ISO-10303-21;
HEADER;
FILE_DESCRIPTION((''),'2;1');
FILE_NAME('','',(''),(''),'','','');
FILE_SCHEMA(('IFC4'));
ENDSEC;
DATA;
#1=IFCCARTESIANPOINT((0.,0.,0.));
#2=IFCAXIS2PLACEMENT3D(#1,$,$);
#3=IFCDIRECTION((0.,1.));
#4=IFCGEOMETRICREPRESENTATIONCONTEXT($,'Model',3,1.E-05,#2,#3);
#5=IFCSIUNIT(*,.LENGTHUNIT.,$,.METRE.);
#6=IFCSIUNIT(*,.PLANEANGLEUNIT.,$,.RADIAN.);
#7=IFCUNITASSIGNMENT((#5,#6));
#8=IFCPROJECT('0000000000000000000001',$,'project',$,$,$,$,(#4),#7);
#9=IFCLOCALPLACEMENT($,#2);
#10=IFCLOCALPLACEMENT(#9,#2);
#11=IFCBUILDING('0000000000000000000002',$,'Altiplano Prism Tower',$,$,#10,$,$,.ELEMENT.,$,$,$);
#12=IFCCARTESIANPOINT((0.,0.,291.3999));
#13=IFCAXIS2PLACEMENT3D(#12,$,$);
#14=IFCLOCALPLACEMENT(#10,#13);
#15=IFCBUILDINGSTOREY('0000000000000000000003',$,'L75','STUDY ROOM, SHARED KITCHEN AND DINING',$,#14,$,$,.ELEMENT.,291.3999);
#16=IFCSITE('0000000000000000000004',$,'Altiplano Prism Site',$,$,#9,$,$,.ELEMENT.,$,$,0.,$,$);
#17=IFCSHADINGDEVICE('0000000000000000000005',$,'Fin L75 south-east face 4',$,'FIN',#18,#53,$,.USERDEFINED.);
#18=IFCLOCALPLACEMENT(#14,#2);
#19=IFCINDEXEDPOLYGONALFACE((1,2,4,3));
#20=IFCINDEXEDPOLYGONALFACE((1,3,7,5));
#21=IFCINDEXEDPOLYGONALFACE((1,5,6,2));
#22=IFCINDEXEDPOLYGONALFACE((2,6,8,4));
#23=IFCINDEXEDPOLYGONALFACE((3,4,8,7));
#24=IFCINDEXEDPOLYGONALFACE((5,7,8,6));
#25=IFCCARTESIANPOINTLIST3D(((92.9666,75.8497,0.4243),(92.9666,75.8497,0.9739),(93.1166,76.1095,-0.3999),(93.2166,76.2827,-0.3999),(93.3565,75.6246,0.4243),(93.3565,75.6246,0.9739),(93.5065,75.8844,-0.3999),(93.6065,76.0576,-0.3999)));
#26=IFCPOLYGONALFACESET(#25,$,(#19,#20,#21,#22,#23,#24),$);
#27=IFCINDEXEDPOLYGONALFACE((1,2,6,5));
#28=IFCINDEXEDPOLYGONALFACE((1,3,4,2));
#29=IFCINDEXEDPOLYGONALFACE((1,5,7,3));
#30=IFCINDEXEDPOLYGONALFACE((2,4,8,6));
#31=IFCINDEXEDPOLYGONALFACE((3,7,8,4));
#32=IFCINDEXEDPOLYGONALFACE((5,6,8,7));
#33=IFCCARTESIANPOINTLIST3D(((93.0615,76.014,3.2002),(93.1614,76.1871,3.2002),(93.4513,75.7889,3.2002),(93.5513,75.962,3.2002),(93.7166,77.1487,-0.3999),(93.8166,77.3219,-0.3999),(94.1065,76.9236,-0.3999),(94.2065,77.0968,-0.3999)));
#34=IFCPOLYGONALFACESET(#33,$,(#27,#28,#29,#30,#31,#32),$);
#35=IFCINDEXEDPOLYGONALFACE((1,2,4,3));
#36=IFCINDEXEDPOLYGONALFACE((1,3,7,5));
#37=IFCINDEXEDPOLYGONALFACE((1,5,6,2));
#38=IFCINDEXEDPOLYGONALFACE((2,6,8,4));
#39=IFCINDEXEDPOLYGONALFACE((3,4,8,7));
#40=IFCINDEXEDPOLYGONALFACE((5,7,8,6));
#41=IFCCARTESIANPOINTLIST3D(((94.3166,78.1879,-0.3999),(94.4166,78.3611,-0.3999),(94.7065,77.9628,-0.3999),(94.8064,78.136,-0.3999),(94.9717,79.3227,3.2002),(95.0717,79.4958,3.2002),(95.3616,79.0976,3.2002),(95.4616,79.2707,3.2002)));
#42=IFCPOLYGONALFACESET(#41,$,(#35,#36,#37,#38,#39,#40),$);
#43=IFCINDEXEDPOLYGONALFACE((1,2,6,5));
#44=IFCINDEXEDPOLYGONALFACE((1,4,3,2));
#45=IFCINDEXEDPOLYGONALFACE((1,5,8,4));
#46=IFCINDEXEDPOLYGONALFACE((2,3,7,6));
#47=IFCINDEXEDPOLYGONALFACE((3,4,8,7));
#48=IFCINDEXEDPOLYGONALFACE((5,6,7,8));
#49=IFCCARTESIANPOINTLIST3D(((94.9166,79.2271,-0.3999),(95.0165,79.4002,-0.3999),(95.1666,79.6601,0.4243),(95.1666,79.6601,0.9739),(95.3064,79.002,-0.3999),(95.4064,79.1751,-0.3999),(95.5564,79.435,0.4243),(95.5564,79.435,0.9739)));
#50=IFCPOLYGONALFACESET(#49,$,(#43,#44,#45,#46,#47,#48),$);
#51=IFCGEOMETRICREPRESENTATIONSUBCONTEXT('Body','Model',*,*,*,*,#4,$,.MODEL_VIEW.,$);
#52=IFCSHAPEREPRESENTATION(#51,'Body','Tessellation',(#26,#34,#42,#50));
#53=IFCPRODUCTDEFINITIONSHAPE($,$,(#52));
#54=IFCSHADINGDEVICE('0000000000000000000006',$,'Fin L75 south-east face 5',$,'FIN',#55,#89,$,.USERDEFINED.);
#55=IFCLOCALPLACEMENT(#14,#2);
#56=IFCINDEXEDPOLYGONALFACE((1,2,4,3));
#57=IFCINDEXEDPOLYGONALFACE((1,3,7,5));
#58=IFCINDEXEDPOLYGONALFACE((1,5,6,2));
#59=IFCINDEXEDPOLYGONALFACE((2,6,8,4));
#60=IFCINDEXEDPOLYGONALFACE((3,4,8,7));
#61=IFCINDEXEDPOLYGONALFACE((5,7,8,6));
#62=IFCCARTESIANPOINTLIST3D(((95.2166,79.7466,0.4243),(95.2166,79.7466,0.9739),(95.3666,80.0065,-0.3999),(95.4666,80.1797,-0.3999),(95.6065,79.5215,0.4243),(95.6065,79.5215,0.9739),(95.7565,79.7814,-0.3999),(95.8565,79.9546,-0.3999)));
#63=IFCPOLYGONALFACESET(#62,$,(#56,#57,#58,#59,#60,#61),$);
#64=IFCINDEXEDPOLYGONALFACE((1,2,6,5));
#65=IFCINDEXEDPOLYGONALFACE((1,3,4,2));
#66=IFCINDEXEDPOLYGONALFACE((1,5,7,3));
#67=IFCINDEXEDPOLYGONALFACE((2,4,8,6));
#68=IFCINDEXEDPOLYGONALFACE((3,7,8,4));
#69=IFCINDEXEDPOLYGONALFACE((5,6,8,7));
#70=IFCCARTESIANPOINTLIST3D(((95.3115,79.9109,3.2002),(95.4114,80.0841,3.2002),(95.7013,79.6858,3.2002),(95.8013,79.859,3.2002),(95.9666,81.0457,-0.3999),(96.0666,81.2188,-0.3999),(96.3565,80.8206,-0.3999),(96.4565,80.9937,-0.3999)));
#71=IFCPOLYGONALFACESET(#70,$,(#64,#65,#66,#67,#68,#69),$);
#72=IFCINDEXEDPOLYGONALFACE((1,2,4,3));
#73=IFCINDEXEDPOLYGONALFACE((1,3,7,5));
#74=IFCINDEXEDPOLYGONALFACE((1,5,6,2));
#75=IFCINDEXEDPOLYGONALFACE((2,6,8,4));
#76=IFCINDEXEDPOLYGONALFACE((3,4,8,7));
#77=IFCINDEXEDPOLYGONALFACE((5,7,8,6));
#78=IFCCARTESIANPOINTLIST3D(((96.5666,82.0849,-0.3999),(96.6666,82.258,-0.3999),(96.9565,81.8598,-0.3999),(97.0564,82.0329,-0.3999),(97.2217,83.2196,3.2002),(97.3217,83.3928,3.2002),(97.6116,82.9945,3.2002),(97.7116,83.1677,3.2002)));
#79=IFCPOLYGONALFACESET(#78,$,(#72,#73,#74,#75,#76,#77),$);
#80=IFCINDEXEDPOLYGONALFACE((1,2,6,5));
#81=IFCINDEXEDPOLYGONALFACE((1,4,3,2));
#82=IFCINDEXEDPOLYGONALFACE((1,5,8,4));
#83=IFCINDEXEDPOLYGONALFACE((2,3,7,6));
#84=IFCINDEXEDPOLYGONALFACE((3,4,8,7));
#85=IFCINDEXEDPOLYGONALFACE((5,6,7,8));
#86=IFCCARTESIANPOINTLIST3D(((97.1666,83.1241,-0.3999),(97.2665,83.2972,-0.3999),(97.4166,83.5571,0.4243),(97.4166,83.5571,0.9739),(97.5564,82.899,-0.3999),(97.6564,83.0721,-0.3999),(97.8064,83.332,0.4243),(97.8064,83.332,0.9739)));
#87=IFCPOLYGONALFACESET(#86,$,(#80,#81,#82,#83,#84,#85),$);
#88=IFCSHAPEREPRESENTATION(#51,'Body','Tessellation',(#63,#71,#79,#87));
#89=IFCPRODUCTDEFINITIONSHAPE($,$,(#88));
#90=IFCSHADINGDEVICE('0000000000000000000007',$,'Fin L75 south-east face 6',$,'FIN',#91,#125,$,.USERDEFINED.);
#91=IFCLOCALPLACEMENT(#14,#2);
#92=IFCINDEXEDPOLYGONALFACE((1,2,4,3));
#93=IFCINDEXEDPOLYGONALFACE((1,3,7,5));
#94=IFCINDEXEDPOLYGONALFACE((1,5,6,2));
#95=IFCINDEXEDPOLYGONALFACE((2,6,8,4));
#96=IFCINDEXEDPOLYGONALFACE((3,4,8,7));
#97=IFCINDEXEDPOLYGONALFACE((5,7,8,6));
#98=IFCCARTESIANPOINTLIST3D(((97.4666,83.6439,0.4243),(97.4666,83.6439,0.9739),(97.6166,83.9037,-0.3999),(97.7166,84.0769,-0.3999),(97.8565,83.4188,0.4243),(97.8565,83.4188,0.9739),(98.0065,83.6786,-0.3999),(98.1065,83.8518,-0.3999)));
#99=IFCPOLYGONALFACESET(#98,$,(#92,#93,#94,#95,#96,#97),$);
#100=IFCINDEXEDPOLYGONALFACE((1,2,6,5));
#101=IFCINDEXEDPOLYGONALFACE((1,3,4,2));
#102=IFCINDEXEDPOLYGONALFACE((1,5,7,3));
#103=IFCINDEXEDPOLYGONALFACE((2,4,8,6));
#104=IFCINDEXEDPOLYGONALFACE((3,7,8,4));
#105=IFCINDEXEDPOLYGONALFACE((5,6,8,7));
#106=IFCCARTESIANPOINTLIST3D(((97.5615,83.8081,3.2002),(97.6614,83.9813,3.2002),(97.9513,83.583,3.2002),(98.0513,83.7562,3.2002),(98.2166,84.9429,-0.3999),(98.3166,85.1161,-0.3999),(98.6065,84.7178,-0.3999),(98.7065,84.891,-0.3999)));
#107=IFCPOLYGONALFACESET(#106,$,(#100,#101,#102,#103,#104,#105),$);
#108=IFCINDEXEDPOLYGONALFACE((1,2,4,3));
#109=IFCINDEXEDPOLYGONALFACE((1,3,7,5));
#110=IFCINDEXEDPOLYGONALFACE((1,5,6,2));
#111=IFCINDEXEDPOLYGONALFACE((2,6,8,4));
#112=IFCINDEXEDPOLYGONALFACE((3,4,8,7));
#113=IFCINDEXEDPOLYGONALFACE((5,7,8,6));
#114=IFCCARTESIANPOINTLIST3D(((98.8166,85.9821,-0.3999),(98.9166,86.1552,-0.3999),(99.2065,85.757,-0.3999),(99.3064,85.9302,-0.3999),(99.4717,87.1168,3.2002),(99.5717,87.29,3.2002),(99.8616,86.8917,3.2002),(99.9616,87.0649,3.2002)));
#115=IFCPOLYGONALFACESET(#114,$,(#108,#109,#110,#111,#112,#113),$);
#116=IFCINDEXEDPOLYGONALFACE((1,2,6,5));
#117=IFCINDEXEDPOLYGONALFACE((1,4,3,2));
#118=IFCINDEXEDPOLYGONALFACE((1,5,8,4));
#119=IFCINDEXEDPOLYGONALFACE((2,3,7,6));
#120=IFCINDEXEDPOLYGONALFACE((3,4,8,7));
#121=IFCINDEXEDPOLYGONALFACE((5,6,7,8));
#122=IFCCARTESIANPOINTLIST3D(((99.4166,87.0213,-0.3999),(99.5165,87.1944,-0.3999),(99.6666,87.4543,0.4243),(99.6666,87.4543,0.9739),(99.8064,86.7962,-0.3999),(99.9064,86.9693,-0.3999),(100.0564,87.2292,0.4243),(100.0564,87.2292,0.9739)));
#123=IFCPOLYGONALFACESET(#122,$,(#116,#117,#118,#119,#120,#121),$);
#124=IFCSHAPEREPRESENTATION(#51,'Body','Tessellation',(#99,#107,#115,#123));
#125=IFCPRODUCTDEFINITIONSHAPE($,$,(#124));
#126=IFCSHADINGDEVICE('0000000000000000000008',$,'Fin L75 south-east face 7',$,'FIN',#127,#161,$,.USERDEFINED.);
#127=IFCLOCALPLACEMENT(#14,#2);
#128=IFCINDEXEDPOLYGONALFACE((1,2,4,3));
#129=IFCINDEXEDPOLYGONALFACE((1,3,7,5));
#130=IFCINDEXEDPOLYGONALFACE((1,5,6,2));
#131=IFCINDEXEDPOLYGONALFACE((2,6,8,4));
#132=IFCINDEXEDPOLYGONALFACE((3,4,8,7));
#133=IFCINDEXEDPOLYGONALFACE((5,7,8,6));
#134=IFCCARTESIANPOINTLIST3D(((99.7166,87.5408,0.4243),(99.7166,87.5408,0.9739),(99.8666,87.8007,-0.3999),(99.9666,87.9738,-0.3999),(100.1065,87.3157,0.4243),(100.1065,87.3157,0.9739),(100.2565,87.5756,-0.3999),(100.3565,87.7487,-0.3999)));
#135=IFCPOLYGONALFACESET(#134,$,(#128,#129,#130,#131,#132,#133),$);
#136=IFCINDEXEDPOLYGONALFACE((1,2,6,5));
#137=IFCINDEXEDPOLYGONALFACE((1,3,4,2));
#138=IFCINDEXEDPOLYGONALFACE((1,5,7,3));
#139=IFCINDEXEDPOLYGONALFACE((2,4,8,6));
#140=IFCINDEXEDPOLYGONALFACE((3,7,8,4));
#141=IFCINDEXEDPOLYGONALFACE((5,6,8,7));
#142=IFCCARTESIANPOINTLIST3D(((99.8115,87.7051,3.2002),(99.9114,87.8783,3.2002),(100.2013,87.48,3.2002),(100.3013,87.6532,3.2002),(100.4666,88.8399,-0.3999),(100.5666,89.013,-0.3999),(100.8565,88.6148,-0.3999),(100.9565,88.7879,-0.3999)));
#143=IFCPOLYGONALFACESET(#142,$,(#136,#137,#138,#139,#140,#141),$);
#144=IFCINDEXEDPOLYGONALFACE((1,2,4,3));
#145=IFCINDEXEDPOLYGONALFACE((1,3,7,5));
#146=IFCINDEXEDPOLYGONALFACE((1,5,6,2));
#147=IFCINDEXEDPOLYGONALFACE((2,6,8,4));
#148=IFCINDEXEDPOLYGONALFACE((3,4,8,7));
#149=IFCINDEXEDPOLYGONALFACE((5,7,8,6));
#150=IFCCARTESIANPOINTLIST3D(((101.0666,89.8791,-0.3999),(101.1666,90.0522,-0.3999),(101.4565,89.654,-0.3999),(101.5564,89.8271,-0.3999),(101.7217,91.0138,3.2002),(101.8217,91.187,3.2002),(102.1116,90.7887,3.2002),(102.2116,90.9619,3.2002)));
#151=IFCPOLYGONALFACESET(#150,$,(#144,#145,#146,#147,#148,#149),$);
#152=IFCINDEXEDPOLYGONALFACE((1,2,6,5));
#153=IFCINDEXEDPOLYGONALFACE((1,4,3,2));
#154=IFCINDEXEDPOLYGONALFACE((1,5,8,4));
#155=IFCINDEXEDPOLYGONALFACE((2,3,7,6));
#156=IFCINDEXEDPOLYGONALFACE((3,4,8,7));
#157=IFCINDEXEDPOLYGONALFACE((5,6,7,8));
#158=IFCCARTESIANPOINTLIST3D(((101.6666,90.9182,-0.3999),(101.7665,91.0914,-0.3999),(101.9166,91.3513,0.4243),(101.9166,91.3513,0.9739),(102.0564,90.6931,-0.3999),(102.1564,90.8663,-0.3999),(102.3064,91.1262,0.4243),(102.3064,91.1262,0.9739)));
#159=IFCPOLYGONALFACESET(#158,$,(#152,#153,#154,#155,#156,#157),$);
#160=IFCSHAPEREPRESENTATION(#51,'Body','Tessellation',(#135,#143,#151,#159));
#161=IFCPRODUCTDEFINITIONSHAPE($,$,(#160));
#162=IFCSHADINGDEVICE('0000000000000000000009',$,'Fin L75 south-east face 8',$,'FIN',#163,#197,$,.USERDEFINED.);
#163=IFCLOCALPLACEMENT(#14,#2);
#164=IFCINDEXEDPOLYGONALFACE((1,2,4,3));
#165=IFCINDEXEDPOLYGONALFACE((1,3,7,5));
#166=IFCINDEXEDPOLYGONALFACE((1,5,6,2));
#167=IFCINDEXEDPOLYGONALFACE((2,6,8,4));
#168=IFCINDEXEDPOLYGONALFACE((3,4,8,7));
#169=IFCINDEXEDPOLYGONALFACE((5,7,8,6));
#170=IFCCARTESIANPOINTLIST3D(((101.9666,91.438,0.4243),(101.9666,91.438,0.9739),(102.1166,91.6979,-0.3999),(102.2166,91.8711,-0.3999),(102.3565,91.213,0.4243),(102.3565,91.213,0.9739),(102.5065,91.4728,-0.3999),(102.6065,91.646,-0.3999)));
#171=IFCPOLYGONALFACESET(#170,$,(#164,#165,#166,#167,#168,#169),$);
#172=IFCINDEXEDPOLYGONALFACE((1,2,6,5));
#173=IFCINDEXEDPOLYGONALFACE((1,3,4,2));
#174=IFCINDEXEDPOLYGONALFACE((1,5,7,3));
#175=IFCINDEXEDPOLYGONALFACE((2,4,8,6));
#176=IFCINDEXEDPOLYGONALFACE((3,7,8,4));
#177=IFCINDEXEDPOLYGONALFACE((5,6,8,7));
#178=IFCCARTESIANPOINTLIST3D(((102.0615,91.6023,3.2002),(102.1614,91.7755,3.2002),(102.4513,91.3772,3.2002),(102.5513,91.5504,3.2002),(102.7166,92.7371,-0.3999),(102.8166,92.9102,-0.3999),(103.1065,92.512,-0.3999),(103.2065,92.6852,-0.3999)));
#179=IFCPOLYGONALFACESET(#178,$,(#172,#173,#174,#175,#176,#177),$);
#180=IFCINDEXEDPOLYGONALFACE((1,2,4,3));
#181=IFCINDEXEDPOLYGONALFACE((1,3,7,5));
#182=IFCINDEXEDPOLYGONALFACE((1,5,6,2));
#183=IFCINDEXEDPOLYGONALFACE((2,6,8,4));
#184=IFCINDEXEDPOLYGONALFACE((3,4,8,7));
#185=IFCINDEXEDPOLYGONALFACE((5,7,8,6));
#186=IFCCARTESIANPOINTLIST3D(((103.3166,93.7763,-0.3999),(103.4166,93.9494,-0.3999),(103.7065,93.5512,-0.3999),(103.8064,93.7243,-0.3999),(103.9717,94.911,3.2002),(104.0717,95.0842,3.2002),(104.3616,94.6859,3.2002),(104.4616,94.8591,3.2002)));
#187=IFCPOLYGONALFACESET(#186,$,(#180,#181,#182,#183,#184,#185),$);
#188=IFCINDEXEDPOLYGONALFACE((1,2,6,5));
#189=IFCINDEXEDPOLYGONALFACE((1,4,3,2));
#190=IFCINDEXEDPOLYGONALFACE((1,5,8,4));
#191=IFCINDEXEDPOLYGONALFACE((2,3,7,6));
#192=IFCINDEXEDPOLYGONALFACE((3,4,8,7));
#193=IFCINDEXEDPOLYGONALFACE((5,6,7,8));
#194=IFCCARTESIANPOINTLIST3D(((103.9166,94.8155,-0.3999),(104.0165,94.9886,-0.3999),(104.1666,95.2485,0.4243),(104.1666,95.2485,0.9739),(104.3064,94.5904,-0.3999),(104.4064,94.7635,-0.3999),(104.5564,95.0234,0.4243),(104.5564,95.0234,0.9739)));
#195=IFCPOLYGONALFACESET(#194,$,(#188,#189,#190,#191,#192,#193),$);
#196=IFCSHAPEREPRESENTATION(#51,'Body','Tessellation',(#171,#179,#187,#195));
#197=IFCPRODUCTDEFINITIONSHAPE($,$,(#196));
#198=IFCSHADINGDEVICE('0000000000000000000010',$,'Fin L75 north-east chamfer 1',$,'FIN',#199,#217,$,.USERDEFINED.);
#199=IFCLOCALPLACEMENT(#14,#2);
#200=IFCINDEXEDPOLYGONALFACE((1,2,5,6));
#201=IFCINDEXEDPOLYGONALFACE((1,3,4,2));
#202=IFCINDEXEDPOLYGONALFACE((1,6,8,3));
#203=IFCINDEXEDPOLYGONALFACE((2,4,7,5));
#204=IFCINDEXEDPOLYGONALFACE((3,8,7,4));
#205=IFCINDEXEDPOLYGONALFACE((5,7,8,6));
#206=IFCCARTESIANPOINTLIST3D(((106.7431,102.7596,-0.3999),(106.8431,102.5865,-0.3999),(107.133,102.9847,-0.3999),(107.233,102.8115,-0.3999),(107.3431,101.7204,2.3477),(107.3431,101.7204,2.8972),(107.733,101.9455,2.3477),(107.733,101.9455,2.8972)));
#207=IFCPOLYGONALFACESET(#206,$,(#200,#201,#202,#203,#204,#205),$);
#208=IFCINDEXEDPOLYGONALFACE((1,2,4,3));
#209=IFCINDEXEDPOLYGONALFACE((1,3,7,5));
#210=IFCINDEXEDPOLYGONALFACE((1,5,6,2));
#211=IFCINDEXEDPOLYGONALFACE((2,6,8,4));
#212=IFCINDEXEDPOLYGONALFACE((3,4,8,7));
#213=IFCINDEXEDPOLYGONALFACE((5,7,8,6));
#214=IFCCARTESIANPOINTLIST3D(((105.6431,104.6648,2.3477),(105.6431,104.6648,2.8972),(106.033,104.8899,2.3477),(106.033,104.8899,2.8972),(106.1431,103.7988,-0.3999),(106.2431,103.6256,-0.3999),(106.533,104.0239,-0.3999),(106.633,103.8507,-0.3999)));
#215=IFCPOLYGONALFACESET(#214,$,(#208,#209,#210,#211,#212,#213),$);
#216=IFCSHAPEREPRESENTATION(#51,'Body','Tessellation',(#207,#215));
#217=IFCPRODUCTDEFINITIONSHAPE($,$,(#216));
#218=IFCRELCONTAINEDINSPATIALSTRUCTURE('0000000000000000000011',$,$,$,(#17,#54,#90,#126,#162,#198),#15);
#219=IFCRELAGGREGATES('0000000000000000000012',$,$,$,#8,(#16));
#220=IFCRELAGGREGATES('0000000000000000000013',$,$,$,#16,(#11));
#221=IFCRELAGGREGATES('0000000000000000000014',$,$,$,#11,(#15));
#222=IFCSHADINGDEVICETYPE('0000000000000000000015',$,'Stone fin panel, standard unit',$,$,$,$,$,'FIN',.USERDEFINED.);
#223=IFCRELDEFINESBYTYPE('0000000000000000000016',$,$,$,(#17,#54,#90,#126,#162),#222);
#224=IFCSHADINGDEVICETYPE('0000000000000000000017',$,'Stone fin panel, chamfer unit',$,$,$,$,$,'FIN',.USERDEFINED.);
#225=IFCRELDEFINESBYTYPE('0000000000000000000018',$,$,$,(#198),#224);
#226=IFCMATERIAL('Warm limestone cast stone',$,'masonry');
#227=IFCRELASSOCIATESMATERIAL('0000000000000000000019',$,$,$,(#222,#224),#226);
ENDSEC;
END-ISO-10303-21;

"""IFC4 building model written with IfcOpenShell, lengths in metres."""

from ifc_helpers import new_model, si_unit, direction, frame, origin, place, context, subcontext, project, spatial, polyline, outline, extrude, source, transform, mapped, material, type_object, element, save


model = new_model("IFC4")

# Units and contexts
model_context = context("Model", 3, precision=1e-05, world=origin(), true_north=direction((0.0, 1.0)))
body_context = subcontext(model_context, "Body", "Model", "MODEL_VIEW")
ifc_project = project(units=[si_unit("LENGTHUNIT", "METRE"), si_unit("PLANEANGLEUNIT", "RADIAN")], contexts=[model_context])

# Site, building, storey
site_placement = place(None, origin())
site = spatial("IfcSite", under=ifc_project, at=site_placement, Name="Altiplano Prism Site", CompositionType="ELEMENT", RefElevation=0.0)
building_placement = place(site_placement, origin())
building = spatial("IfcBuilding", under=site, at=building_placement, Name="Altiplano Prism Tower", CompositionType="ELEMENT")
storey_placement = place(building_placement, frame((0.0, 0.0, 291.3999)))
storey = spatial("IfcBuildingStorey", under=building, at=storey_placement, Name="L75", Description="STUDY ROOM, SHARED KITCHEN AND DINING", CompositionType="ELEMENT", Elevation=291.3999)

# Shading devices
ifc_material_1 = material(Name="Warm limestone cast stone", Category="masonry")
shading_device_type_1 = type_object("IfcShadingDeviceType", Name="Stone fin panel, standard unit", ElementType="FIN", PredefinedType="USERDEFINED", material=ifc_material_1)
shared_shape_1 = source(origin(), body_context, "Body", "SweptSolid", [
    extrude(outline(polyline([(-2.2, 1.3738), (-2.2, 0.8242), (-1.8999, 0.0), (-1.7, 0.0), (-2.2, 1.3738)])), frame((0.0, -0.1499, 0.0), z_axis=(0.0, -1.0, 0.0), x_axis=(1.0, 0.0, 0.0)), (0.0, 0.0, 1.0), 0.4502),
    extrude(outline(polyline([(-2.0103, 3.6001), (-0.7, 0.0), (-0.5, 0.0), (-1.8103, 3.6001), (-2.0103, 3.6001)])), frame((0.0, -0.1499, 0.0), z_axis=(0.0, -1.0, 0.0), x_axis=(1.0, 0.0, 0.0)), (0.0, 0.0, 1.0), 0.4502),
    extrude(outline(polyline([(1.8103, 3.6001), (0.5, 0.0), (0.7, 0.0), (2.0103, 3.6001), (1.8103, 3.6001)])), frame((0.0, -0.1499, 0.0), z_axis=(0.0, -1.0, 0.0), x_axis=(1.0, 0.0, 0.0)), (0.0, 0.0, 1.0), 0.4502),
    extrude(outline(polyline([(2.2, 0.8242), (2.2, 1.3738), (1.7, 0.0), (1.8999, 0.0), (2.2, 0.8242)])), frame((0.0, -0.1499, 0.0), z_axis=(0.0, -1.0, 0.0), x_axis=(1.0, 0.0, 0.0)), (0.0, 0.0, 1.0), 0.4502),
])
shading_device_1_placement = place(storey_placement, origin())
element("IfcShadingDevice", 1, at=shading_device_1_placement, inside=storey, type_object=shading_device_type_1, Name="Fin L75 south-east face 4", ObjectType="FIN", PredefinedType="USERDEFINED", context=body_context, shape_type="MappedRepresentation", body=[
    mapped(shared_shape_1, transform((93.9368, 77.8298, -0.3999), x_axis=(0.5, 0.866025, 0.0), y_axis=(-0.866025, 0.5, 0.0), z_axis=(0.0, 0.0, 1.0))),
])
shading_device_2_placement = place(storey_placement, origin())
element("IfcShadingDevice", 2, at=shading_device_2_placement, inside=storey, type_object=shading_device_type_1, Name="Fin L75 south-east face 5", ObjectType="FIN", PredefinedType="USERDEFINED", context=body_context, shape_type="MappedRepresentation", body=[
    mapped(shared_shape_1, transform((96.1868, 81.7268, -0.3999), x_axis=(0.5, 0.866025, 0.0), y_axis=(-0.866025, 0.5, 0.0), z_axis=(0.0, 0.0, 1.0))),
])
shading_device_3_placement = place(storey_placement, origin())
element("IfcShadingDevice", 3, at=shading_device_3_placement, inside=storey, type_object=shading_device_type_1, Name="Fin L75 south-east face 6", ObjectType="FIN", PredefinedType="USERDEFINED", context=body_context, shape_type="MappedRepresentation", body=[
    mapped(shared_shape_1, transform((98.4368, 85.624, -0.3999), x_axis=(0.5, 0.866025, 0.0), y_axis=(-0.866025, 0.5, 0.0), z_axis=(0.0, 0.0, 1.0))),
])
shading_device_4_placement = place(storey_placement, origin())
element("IfcShadingDevice", 4, at=shading_device_4_placement, inside=storey, type_object=shading_device_type_1, Name="Fin L75 south-east face 7", ObjectType="FIN", PredefinedType="USERDEFINED", context=body_context, shape_type="MappedRepresentation", body=[
    mapped(shared_shape_1, transform((100.6868, 89.521, -0.3999), x_axis=(0.5, 0.866025, 0.0), y_axis=(-0.866025, 0.5, 0.0), z_axis=(0.0, 0.0, 1.0))),
])
shading_device_5_placement = place(storey_placement, origin())
element("IfcShadingDevice", 5, at=shading_device_5_placement, inside=storey, type_object=shading_device_type_1, Name="Fin L75 south-east face 8", ObjectType="FIN", PredefinedType="USERDEFINED", context=body_context, shape_type="MappedRepresentation", body=[
    mapped(shared_shape_1, transform((102.9368, 93.4182, -0.3999), x_axis=(0.5, 0.866025, 0.0), y_axis=(-0.866025, 0.5, 0.0), z_axis=(0.0, 0.0, 1.0))),
])
shading_device_type_2 = type_object("IfcShadingDeviceType", Name="Stone fin panel, chamfer unit", ElementType="FIN", PredefinedType="USERDEFINED", material=ifc_material_1)
shared_shape_2 = source(origin(), body_context, "Body", "SweptSolid", [
    extrude(outline(polyline([(-1.7, 3.2971), (-1.7, 2.7476), (-0.7, 0.0), (-0.5, 0.0), (-1.7, 3.2971)])), frame((0.0, -0.1499, 0.0), z_axis=(0.0, -1.0, 0.0), x_axis=(1.0, 0.0, 0.0)), (0.0, 0.0, 1.0), 0.4502),
    extrude(outline(polyline([(1.7, 2.7476), (1.7, 3.2971), (0.5, 0.0), (0.7, 0.0), (1.7, 2.7476)])), frame((0.0, -0.1499, 0.0), z_axis=(0.0, -1.0, 0.0), x_axis=(1.0, 0.0, 0.0)), (0.0, 0.0, 1.0), 0.4502),
])
shading_device_6_placement = place(storey_placement, origin())
element("IfcShadingDevice", 6, at=shading_device_6_placement, inside=storey, type_object=shading_device_type_2, Name="Fin L75 north-east chamfer 1", ObjectType="FIN", PredefinedType="USERDEFINED", context=body_context, shape_type="MappedRepresentation", body=[
    mapped(shared_shape_2, transform((106.3633, 103.1177, -0.3999), x_axis=(-0.5, 0.866025, 0.0), y_axis=(-0.866025, -0.5, 0.0), z_axis=(0.0, 0.0, 1.0))),
])

save(model, "model.ifc")
